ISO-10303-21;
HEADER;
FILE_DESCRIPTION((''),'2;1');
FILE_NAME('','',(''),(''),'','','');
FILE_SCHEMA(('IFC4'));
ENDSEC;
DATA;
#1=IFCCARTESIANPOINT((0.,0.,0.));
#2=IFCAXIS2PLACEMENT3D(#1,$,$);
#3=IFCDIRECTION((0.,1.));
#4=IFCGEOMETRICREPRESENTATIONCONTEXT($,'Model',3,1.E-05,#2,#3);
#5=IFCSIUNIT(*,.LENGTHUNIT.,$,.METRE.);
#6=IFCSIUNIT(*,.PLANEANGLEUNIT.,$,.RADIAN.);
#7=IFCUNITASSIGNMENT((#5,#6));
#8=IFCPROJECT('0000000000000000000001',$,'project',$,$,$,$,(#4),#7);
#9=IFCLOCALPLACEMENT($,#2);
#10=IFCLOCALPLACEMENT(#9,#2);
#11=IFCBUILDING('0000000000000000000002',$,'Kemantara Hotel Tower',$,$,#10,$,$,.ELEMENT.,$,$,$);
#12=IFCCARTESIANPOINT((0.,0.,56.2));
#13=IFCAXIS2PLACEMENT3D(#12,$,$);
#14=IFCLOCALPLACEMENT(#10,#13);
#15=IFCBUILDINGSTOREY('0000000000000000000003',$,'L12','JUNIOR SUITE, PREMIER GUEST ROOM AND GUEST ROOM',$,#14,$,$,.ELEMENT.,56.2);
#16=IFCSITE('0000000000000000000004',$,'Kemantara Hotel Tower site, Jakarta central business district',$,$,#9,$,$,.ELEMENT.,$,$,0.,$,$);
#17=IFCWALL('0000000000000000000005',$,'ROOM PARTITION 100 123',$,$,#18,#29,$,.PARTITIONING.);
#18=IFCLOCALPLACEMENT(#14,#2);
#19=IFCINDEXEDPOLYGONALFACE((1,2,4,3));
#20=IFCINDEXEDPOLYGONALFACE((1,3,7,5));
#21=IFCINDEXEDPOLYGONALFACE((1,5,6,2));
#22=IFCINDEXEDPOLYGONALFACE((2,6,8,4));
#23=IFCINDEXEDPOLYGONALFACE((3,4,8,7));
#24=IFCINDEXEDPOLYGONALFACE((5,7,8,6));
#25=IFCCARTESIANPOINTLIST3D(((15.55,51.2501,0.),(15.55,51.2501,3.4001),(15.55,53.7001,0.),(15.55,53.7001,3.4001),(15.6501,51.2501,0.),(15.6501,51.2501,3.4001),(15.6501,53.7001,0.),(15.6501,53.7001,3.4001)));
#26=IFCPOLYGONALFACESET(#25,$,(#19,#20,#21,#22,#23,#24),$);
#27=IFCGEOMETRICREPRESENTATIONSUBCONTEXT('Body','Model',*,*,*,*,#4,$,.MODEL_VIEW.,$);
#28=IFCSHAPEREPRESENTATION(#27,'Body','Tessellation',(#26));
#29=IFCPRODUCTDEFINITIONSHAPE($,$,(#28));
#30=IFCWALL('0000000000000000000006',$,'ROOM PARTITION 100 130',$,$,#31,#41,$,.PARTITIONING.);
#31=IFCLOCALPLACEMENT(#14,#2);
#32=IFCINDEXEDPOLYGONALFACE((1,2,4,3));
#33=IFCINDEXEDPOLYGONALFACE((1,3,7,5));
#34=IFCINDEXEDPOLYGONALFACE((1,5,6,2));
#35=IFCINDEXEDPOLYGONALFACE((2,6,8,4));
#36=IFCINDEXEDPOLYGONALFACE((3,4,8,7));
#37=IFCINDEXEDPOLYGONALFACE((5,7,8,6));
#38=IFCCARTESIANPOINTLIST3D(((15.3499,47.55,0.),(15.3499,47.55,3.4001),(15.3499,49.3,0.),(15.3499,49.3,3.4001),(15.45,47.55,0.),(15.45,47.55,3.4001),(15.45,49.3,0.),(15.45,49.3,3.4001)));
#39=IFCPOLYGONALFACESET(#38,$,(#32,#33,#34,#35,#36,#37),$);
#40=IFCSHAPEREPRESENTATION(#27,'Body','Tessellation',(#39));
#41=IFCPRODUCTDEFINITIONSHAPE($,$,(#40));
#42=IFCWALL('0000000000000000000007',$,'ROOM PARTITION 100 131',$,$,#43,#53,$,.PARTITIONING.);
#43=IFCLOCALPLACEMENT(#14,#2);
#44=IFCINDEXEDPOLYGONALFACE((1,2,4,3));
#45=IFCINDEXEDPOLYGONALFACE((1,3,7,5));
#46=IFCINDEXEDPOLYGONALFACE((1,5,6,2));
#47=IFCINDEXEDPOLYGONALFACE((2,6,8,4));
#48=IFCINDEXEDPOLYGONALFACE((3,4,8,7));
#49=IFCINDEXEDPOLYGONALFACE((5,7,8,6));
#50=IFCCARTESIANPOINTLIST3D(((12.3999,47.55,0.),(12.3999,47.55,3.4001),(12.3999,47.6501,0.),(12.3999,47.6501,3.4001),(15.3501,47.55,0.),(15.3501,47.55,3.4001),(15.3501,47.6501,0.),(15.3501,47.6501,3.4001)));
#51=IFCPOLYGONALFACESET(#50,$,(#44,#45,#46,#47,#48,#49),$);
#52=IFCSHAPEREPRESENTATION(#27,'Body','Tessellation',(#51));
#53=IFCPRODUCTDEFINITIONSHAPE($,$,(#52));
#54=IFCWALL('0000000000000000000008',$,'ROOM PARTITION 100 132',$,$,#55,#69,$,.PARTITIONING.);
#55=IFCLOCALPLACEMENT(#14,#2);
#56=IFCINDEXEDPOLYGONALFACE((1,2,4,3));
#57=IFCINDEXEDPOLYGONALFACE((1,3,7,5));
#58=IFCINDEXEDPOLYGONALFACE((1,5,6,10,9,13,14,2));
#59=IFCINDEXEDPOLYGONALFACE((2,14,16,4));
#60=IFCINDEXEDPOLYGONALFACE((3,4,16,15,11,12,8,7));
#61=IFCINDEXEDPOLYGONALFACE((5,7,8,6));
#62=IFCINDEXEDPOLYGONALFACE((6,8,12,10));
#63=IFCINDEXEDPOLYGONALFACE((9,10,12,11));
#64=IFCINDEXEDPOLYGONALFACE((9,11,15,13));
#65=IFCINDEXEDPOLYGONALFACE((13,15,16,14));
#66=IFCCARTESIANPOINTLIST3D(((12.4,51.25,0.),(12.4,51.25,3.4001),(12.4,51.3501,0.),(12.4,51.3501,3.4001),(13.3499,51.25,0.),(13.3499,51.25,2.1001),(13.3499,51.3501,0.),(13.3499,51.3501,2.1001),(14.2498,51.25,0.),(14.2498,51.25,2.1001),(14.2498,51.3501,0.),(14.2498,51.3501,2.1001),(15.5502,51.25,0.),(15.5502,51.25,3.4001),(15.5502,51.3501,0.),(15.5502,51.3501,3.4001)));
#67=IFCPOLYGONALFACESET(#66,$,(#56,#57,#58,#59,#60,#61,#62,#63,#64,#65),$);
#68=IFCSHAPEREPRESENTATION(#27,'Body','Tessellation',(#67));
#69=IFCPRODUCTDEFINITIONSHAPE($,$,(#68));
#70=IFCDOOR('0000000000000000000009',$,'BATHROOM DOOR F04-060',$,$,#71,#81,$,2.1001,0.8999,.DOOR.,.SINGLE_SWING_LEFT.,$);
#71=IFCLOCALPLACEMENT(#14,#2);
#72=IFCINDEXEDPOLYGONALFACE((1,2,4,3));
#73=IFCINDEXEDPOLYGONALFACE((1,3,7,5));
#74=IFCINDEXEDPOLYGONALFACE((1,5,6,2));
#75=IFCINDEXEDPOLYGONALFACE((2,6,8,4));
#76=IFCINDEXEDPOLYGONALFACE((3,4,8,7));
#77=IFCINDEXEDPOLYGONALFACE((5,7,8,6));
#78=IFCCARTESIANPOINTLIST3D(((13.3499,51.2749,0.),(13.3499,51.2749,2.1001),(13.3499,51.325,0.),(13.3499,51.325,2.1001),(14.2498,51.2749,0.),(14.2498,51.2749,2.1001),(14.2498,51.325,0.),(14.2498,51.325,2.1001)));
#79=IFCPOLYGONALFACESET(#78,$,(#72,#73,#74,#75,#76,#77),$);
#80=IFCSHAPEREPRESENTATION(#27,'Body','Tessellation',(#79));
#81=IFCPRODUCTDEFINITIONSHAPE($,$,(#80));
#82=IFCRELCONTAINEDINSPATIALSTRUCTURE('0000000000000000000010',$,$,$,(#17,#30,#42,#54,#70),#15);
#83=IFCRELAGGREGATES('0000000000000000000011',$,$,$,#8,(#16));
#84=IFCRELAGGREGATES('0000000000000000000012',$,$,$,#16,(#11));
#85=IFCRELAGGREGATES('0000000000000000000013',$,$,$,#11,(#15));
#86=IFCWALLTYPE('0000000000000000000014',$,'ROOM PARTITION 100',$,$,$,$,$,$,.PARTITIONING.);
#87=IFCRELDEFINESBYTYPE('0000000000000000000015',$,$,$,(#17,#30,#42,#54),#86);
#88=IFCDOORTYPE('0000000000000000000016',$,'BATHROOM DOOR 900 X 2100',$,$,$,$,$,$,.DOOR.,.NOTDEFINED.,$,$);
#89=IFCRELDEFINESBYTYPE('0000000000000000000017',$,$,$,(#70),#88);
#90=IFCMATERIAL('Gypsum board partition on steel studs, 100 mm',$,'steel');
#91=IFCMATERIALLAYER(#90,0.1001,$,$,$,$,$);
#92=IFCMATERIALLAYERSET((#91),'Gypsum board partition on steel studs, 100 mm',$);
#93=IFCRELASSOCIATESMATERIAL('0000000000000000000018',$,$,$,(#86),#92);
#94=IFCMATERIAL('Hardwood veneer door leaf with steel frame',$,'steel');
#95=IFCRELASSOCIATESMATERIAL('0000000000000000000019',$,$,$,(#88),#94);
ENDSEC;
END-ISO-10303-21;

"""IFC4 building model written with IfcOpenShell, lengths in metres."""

from ifc_helpers import new_model, si_unit, direction, frame, frame_2d, origin, place, context, subcontext, project, spatial, rectangle, extrude, material, layer, layer_set, type_object, element, fill, save


model = new_model("IFC4")

# Units and contexts
model_context = context("Model", 3, precision=1e-05, world=origin(), true_north=direction((0.0, 1.0)))
body_context = subcontext(model_context, "Body", "Model", "MODEL_VIEW")
ifc_project = project(units=[si_unit("LENGTHUNIT", "METRE"), si_unit("PLANEANGLEUNIT", "RADIAN")], contexts=[model_context])

# Site, building, storey
site_placement = place(None, origin())
site = spatial("IfcSite", under=ifc_project, at=site_placement, Name="Kemantara Hotel Tower site, Jakarta central business district", CompositionType="ELEMENT", RefElevation=0.0)
building_placement = place(site_placement, origin())
building = spatial("IfcBuilding", under=site, at=building_placement, Name="Kemantara Hotel Tower", CompositionType="ELEMENT")
storey_placement = place(building_placement, frame((0.0, 0.0, 56.2)))
storey = spatial("IfcBuildingStorey", under=building, at=storey_placement, Name="L12", Description="JUNIOR SUITE, PREMIER GUEST ROOM AND GUEST ROOM", CompositionType="ELEMENT", Elevation=56.2)

# Shared definitions
ifc_material_1 = material(Name="Hardwood veneer door leaf with steel frame", Category="steel")

# Walls
ifc_material_2 = material(Name="Gypsum board partition on steel studs, 100 mm", Category="steel")
ifc_layer_1 = layer(ifc_material_2, 0.1001)
ifc_layer_set_1 = layer_set([ifc_layer_1], Name="Gypsum board partition on steel studs, 100 mm")
wall_type_1 = type_object("IfcWallType", Name="ROOM PARTITION 100", PredefinedType="PARTITIONING", material=ifc_layer_set_1)
wall_1_placement = place(storey_placement, frame((15.6001, 51.25, 0.0), z_axis=(0.0, 0.0, 1.0), x_axis=(0.0, 1.0, 0.0)))
element("IfcWall", 1, at=wall_1_placement, inside=storey, type_object=wall_type_1, Name="ROOM PARTITION 100 123", PredefinedType="PARTITIONING", context=body_context, shape_type="SweptSolid", body=[
    extrude(rectangle(XDim=2.45, YDim=0.1001, at=frame_2d((1.2251, 0.0))), origin(), (0.0, 0.0, 1.0), 3.4001),
])
wall_2_placement = place(storey_placement, frame((15.3999, 47.55, 0.0), z_axis=(0.0, 0.0, 1.0), x_axis=(0.0, 1.0, 0.0)))
element("IfcWall", 2, at=wall_2_placement, inside=storey, type_object=wall_type_1, Name="ROOM PARTITION 100 130", PredefinedType="PARTITIONING", context=body_context, shape_type="SweptSolid", body=[
    extrude(rectangle(XDim=1.75, YDim=0.1001, at=frame_2d((0.875, 0.0))), origin(), (0.0, 0.0, 1.0), 3.4001),
])
wall_3_placement = place(storey_placement, frame((12.3999, 47.6001, 0.0), z_axis=(0.0, 0.0, 1.0), x_axis=(1.0, 0.0, 0.0)))
element("IfcWall", 3, at=wall_3_placement, inside=storey, type_object=wall_type_1, Name="ROOM PARTITION 100 131", PredefinedType="PARTITIONING", context=body_context, shape_type="SweptSolid", body=[
    extrude(rectangle(XDim=2.9502, YDim=0.1001, at=frame_2d((1.4751, 0.0))), origin(), (0.0, 0.0, 1.0), 3.4001),
])

# Wall, opening, door
wall_4_placement = place(storey_placement, frame((12.3999, 51.3, 0.0), z_axis=(0.0, 0.0, 1.0), x_axis=(1.0, 0.0, 0.0)))
wall_4 = element("IfcWall", 4, at=wall_4_placement, inside=storey, type_object=wall_type_1, Name="ROOM PARTITION 100 132", PredefinedType="PARTITIONING", context=body_context, shape_type="SweptSolid", body=[
    extrude(rectangle(XDim=3.1501, YDim=0.1001, at=frame_2d((1.5752, 0.0))), origin(), (0.0, 0.0, 1.0), 3.4001),
])
opening_1_placement = place(wall_4_placement, frame((0.95, 0.0, 0.0)))
opening_1 = element("IfcOpeningElement", 5, at=opening_1_placement, cuts=wall_4, PredefinedType="OPENING", context=body_context, shape_type="SweptSolid", body=[
    extrude(rectangle(XDim=0.8999, YDim=2.1001, at=frame_2d((0.45, 1.05))), frame((0.0, 0.0601, 0.0), z_axis=(0.0, -1.0, 0.0), x_axis=(1.0, 0.0, 0.0)), (0.0, 0.0, 1.0), 0.1201),
])
door_type_1 = type_object("IfcDoorType", Name="BATHROOM DOOR 900 X 2100", OperationType="NOTDEFINED", PredefinedType="DOOR", material=ifc_material_1)
door_1_placement = place(opening_1_placement, origin())
door_1 = element("IfcDoor", 6, at=door_1_placement, inside=storey, type_object=door_type_1, Name="BATHROOM DOOR F04-060", OperationType="SINGLE_SWING_LEFT", OverallHeight=2.1001, OverallWidth=0.8999, PredefinedType="DOOR", context=body_context, shape_type="SweptSolid", body=[
    extrude(rectangle(XDim=0.8999, YDim=2.1001, at=frame_2d((0.45, 1.05))), frame((0.0, 0.0249, 0.0), z_axis=(0.0, -1.0, 0.0), x_axis=(1.0, 0.0, 0.0)), (0.0, 0.0, 1.0), 0.05),
])
fill(opening_1, door_1)

save(model, "model.ifc")
